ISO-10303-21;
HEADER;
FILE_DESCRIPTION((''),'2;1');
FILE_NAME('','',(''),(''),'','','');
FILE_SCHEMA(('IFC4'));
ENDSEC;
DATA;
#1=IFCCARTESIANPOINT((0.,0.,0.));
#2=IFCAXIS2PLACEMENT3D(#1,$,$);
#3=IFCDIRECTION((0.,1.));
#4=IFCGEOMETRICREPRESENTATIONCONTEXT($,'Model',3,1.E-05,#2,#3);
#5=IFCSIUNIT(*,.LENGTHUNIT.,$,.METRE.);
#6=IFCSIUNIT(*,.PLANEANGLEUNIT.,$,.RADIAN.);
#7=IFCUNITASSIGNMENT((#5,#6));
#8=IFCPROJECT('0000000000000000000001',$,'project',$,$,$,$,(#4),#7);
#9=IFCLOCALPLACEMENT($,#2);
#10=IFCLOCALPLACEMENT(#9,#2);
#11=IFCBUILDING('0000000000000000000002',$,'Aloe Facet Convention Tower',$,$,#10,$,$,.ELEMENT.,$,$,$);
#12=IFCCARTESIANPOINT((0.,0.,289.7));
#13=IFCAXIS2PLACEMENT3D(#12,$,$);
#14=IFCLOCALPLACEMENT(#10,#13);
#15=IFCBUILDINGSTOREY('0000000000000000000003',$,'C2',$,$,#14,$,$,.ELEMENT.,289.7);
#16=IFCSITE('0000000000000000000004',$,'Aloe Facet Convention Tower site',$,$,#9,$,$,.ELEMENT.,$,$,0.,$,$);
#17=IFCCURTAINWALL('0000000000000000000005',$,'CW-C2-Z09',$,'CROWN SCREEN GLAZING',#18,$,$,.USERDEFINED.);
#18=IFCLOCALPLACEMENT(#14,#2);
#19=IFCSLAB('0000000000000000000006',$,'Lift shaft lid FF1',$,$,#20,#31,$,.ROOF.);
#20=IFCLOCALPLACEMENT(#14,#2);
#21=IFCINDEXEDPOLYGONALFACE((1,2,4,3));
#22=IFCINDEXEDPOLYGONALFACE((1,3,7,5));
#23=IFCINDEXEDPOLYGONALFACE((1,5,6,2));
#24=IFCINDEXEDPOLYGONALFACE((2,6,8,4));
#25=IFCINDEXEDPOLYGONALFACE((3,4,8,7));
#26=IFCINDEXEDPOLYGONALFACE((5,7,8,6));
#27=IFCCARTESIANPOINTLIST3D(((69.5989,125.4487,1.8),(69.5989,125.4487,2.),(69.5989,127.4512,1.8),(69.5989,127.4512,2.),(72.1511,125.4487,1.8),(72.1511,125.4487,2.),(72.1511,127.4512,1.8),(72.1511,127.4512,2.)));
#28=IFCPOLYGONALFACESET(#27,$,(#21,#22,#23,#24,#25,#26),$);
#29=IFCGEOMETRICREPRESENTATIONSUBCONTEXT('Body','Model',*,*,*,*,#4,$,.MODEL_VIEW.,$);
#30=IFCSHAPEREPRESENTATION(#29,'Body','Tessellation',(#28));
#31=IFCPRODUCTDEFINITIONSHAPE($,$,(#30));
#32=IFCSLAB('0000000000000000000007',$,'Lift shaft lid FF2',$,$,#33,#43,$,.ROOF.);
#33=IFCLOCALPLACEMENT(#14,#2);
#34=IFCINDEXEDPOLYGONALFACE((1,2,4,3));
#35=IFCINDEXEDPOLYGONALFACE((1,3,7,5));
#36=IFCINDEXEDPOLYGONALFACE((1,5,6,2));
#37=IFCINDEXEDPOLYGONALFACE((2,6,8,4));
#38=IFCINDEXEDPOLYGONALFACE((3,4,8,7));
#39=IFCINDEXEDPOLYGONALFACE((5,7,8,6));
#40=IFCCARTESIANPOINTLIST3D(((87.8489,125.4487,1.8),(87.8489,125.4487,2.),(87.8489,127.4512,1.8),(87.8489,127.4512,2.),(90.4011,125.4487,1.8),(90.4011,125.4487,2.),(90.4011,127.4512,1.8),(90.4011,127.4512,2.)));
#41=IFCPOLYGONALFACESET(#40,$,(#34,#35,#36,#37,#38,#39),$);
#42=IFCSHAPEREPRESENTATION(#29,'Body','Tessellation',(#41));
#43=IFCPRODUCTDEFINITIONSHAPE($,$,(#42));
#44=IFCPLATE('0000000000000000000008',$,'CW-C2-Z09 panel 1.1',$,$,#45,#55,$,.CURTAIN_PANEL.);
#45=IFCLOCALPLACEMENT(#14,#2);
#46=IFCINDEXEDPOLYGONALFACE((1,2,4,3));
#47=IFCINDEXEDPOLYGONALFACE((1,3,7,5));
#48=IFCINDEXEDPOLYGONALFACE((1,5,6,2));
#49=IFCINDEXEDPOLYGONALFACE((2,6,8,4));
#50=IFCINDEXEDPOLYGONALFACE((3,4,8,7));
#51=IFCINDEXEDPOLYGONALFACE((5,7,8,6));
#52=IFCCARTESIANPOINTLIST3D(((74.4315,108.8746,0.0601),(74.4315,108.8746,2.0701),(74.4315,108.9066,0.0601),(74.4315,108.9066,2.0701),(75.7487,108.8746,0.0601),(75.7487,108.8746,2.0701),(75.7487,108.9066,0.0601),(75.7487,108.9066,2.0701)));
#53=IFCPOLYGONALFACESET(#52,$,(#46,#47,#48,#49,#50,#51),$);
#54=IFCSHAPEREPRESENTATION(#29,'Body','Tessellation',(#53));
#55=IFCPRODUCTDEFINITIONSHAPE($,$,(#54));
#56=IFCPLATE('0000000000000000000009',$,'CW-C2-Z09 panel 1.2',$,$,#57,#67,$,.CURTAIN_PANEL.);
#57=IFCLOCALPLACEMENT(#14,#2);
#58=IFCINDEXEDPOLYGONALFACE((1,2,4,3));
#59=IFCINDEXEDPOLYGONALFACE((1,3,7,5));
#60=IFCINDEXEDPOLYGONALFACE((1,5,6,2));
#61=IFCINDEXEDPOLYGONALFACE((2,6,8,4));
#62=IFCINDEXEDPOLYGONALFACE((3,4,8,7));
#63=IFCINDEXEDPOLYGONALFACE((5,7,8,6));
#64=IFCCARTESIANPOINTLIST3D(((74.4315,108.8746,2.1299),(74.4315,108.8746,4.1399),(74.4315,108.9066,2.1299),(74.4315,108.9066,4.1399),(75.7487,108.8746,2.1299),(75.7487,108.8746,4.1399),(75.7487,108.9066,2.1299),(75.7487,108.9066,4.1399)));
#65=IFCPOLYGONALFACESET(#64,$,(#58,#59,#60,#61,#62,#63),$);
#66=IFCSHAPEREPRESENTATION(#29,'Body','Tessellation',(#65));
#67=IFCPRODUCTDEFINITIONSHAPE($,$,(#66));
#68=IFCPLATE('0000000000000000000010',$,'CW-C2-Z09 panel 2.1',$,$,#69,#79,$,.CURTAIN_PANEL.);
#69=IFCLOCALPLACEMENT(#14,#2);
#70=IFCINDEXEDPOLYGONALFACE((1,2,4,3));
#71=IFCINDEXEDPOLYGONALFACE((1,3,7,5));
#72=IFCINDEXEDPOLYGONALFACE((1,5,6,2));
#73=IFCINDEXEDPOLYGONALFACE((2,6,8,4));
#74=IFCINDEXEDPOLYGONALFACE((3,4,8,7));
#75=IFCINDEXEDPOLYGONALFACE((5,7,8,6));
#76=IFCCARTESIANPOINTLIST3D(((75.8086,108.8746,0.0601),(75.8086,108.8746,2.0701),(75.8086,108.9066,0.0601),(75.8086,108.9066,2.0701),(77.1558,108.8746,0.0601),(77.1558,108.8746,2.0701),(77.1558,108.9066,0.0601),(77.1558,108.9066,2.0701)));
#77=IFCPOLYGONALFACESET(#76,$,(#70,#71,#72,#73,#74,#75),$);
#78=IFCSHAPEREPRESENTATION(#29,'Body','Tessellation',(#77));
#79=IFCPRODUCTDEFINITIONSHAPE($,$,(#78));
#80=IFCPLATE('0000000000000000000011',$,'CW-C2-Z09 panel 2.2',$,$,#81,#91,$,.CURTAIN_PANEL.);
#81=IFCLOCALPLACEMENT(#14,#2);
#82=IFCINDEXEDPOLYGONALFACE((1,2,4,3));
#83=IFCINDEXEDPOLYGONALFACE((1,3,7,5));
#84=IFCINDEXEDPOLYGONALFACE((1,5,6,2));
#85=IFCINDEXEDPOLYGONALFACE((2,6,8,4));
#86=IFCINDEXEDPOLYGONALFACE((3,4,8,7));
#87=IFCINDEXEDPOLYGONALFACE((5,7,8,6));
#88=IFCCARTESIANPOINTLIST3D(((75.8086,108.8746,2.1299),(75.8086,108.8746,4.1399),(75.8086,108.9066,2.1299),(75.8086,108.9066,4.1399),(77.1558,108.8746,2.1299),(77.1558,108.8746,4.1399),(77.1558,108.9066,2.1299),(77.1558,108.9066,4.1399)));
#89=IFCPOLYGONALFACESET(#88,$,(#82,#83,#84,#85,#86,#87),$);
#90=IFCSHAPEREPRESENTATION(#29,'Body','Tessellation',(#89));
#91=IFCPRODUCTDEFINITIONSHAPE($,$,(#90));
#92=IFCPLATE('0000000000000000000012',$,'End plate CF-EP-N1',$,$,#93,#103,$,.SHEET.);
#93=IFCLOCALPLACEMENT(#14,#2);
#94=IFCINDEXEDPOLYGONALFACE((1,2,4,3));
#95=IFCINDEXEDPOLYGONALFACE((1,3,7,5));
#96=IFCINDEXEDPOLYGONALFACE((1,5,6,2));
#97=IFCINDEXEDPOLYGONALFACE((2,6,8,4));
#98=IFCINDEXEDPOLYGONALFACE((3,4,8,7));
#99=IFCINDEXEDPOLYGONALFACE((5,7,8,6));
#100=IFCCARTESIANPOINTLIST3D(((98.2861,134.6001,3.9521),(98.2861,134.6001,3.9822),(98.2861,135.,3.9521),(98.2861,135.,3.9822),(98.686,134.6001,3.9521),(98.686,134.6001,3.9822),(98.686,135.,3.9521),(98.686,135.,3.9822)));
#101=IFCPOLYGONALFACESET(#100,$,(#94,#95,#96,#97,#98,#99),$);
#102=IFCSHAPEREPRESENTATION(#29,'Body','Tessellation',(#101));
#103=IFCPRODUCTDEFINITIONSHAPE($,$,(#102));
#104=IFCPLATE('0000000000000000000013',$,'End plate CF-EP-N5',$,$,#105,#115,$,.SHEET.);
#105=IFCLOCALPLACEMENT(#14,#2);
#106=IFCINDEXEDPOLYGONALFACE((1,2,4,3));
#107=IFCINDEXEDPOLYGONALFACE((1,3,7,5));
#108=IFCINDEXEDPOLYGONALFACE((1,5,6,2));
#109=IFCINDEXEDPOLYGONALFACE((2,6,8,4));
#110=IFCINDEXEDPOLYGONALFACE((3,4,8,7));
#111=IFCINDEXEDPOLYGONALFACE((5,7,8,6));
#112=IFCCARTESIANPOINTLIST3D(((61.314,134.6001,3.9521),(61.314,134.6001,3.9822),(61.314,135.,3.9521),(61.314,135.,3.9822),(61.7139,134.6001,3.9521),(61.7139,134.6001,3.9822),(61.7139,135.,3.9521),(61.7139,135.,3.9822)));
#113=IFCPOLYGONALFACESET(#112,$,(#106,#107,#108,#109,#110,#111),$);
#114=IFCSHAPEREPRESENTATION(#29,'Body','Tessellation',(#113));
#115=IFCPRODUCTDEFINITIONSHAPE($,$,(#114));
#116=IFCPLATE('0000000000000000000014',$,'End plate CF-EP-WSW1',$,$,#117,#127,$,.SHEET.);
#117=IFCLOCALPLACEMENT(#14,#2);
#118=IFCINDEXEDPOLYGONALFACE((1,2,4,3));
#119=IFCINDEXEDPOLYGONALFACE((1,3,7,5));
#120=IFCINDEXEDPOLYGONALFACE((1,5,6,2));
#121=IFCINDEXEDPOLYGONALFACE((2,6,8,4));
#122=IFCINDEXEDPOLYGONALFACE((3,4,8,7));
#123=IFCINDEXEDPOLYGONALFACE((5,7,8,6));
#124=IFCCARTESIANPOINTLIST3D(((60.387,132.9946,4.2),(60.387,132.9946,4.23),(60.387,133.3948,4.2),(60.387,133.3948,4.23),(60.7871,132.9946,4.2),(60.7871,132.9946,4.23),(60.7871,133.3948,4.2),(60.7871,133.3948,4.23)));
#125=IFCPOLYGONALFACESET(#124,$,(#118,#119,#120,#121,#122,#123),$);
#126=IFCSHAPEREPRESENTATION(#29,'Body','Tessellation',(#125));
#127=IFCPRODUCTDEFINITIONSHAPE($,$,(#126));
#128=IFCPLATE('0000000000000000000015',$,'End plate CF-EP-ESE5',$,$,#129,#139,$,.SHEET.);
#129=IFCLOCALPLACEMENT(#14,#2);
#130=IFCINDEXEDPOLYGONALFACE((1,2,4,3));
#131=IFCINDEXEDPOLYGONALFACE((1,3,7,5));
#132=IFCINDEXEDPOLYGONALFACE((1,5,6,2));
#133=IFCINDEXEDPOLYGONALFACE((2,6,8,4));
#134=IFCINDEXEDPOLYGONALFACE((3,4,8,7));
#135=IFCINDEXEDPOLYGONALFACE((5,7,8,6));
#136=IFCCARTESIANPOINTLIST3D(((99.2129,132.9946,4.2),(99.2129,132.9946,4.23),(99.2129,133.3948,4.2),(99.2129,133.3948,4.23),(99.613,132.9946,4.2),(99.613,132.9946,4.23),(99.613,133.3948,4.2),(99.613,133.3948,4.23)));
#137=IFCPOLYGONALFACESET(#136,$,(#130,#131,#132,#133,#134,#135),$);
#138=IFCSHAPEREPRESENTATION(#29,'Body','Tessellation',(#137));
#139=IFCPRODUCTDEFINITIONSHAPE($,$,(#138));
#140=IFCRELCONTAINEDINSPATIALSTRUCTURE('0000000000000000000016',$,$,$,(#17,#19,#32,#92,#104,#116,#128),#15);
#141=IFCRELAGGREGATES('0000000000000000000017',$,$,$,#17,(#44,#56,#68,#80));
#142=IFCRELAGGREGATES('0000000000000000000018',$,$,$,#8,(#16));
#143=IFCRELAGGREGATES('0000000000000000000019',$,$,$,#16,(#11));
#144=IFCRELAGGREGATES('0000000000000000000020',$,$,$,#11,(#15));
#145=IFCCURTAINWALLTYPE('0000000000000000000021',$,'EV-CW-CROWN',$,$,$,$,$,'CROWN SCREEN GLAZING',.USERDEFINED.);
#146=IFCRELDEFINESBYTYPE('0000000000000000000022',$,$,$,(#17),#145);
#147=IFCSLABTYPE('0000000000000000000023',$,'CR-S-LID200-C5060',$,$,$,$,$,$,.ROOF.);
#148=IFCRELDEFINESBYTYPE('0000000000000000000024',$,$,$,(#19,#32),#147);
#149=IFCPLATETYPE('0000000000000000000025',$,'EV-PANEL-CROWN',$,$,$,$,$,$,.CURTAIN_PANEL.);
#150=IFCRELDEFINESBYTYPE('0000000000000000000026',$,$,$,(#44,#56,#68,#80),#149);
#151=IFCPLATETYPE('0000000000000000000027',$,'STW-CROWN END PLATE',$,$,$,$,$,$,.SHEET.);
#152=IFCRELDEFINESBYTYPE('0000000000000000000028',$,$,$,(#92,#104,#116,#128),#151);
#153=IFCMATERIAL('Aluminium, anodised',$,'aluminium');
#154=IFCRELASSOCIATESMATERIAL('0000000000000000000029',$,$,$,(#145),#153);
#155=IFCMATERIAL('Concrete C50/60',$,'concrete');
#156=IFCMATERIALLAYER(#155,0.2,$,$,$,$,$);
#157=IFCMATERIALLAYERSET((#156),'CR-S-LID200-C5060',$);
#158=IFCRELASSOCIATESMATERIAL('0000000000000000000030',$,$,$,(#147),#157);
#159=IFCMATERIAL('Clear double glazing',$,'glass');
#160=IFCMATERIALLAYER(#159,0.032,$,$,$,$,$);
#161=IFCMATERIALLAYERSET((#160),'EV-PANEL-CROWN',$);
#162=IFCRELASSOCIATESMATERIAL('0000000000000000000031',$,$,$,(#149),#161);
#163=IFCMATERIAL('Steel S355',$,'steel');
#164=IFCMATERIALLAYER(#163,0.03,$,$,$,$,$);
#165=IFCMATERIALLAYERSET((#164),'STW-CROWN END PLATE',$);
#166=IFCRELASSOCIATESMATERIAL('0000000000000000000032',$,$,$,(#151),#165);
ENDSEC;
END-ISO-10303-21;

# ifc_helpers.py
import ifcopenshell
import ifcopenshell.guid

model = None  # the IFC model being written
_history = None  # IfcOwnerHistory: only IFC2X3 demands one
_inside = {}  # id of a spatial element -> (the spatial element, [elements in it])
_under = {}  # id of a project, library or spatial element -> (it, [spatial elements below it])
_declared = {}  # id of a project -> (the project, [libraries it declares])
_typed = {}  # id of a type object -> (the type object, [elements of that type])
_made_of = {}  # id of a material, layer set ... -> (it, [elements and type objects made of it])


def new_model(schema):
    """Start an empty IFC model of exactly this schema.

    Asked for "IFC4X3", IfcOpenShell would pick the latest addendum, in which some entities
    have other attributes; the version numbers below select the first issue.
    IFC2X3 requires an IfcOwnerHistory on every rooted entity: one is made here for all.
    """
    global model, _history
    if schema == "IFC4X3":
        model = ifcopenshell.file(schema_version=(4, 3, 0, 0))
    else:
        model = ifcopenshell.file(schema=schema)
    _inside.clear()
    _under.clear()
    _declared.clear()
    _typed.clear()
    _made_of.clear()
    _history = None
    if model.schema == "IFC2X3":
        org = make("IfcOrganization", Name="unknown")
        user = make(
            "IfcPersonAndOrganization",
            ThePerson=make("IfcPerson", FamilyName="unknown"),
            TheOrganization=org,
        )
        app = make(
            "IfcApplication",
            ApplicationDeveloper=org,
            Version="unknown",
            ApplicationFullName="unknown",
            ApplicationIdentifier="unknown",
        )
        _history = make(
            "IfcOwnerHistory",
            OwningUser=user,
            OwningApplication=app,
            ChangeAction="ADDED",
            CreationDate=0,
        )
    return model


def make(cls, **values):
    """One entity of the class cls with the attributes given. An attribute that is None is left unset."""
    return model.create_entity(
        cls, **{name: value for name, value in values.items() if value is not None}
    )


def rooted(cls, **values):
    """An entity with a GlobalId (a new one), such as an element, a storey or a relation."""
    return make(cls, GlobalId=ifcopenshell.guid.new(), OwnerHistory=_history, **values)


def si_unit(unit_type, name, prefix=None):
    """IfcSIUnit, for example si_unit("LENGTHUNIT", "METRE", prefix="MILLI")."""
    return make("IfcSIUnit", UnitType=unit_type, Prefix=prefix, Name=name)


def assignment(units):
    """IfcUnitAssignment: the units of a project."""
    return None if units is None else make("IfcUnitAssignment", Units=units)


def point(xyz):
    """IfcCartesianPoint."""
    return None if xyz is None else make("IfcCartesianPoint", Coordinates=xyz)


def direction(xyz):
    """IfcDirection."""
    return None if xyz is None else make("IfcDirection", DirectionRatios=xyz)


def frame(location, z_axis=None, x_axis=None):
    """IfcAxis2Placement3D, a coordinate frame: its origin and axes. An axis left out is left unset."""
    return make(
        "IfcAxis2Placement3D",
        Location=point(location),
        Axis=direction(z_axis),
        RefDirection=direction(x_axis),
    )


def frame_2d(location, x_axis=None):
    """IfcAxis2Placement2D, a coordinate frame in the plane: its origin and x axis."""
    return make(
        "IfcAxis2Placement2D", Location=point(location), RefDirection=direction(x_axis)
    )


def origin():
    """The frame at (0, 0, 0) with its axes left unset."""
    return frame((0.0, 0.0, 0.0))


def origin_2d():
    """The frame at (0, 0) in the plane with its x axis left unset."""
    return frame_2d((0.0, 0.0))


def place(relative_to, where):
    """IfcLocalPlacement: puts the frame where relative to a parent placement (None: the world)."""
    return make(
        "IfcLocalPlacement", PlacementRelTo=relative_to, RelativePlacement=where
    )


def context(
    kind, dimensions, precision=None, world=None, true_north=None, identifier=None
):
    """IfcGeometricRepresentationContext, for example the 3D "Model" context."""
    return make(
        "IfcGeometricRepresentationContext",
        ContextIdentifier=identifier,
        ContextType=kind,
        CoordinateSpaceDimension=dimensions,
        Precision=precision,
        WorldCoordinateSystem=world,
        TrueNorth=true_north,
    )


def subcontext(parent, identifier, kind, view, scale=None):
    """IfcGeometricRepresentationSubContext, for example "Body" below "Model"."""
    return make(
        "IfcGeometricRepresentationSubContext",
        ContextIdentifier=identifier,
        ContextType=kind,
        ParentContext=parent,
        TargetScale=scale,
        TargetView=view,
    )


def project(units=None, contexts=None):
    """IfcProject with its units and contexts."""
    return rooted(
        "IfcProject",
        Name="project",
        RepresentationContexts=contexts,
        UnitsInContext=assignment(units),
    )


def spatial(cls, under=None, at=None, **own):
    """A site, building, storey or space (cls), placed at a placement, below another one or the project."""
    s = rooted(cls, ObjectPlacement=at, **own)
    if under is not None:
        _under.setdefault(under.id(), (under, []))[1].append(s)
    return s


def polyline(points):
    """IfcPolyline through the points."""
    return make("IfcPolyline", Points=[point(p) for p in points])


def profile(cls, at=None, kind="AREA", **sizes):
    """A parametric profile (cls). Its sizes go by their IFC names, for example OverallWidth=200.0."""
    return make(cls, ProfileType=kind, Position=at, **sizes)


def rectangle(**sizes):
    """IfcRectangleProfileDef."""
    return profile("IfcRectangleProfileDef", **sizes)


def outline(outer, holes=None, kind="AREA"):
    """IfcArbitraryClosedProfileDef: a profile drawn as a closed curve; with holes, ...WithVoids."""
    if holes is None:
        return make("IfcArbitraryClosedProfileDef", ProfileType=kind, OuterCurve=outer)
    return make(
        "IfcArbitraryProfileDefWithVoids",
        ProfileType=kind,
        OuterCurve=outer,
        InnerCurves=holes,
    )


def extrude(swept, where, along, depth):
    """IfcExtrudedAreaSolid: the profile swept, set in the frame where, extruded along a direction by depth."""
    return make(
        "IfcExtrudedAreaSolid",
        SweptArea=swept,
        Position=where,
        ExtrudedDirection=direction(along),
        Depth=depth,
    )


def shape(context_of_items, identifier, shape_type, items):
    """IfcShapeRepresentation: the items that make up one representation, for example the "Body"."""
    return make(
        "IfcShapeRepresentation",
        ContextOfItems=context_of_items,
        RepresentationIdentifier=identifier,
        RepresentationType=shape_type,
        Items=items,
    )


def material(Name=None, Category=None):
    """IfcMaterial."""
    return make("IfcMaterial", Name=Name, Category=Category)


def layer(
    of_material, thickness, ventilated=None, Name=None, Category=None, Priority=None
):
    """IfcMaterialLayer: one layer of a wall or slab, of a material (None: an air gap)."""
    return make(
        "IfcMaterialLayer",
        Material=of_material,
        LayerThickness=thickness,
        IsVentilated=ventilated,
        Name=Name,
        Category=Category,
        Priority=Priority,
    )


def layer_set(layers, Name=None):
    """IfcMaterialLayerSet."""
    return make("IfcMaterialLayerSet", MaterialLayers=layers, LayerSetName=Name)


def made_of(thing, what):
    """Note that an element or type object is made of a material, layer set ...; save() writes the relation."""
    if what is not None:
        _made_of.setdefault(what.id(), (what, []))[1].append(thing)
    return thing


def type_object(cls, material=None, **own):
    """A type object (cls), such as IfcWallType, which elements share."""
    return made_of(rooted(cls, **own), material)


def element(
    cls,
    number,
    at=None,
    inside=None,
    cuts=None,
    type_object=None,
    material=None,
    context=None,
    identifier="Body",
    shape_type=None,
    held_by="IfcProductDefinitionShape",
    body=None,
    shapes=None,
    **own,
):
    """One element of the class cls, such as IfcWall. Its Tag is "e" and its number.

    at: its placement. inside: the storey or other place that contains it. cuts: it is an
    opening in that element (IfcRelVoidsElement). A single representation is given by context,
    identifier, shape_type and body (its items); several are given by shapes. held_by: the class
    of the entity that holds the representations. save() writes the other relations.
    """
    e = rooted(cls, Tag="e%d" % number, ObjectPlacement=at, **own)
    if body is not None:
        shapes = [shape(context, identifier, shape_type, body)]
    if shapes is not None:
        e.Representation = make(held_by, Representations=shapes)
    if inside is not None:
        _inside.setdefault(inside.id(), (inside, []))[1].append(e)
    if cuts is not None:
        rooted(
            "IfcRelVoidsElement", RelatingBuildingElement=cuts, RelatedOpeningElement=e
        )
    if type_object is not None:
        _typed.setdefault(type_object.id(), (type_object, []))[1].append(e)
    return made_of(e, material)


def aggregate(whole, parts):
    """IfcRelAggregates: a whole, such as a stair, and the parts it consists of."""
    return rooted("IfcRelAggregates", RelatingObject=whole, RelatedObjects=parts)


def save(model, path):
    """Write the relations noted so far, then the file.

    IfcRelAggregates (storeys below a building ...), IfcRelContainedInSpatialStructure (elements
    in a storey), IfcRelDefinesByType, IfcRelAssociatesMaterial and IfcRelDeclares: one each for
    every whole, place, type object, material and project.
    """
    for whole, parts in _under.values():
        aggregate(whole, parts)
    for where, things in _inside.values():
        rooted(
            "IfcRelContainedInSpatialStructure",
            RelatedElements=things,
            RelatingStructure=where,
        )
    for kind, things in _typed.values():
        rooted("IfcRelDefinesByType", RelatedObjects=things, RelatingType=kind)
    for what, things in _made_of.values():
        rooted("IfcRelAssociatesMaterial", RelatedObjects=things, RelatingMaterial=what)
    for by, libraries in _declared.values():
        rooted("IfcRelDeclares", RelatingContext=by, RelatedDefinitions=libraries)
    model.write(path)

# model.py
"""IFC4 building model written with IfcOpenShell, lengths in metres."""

from ifc_helpers import new_model, si_unit, direction, frame, origin, origin_2d, place, context, subcontext, project, spatial, polyline, rectangle, outline, extrude, material, layer, layer_set, type_object, element, aggregate, save


model = new_model("IFC4")

# Units and contexts
model_context = context("Model", 3, precision=1e-05, world=origin(), true_north=direction((0.0, 1.0)))
body_context = subcontext(model_context, "Body", "Model", "MODEL_VIEW")
ifc_project = project(units=[si_unit("LENGTHUNIT", "METRE"), si_unit("PLANEANGLEUNIT", "RADIAN")], contexts=[model_context])

# Site, building, storey
site_placement = place(None, origin())
site = spatial("IfcSite", under=ifc_project, at=site_placement, Name="Aloe Facet Convention Tower site", CompositionType="ELEMENT", RefElevation=0.0)
building_placement = place(site_placement, origin())
building = spatial("IfcBuilding", under=site, at=building_placement, Name="Aloe Facet Convention Tower", CompositionType="ELEMENT")
storey_placement = place(building_placement, frame((0.0, 0.0, 289.7)))
storey = spatial("IfcBuildingStorey", under=building, at=storey_placement, Name="C2", CompositionType="ELEMENT", Elevation=289.7)

# Curtain wall
ifc_material_1 = material(Name="Aluminium, anodised", Category="aluminium")
curtain_wall_type = type_object("IfcCurtainWallType", Name="EV-CW-CROWN", ElementType="CROWN SCREEN GLAZING", PredefinedType="USERDEFINED", material=ifc_material_1)
curtain_wall_placement = place(storey_placement, origin())
curtain_wall = element("IfcCurtainWall", 1, at=curtain_wall_placement, inside=storey, type_object=curtain_wall_type, Name="CW-C2-Z09", ObjectType="CROWN SCREEN GLAZING", PredefinedType="USERDEFINED")

# Slabs
ifc_material_2 = material(Name="Concrete C50/60", Category="concrete")
ifc_layer_1 = layer(ifc_material_2, 0.2)
ifc_layer_set_1 = layer_set([ifc_layer_1], Name="CR-S-LID200-C5060")
slab_type = type_object("IfcSlabType", Name="CR-S-LID200-C5060", PredefinedType="ROOF", material=ifc_layer_set_1)
slab_1_placement = place(storey_placement, frame((0.0, 0.0, 1.8)))
element("IfcSlab", 2, at=slab_1_placement, inside=storey, type_object=slab_type, Name="Lift shaft lid FF1", PredefinedType="ROOF", context=body_context, shape_type="SweptSolid", body=[
    extrude(outline(polyline([(72.1511, 127.4512), (72.1511, 125.4487), (69.5989, 125.4487), (69.5989, 127.4512), (72.1511, 127.4512)])), origin(), (0.0, 0.0, 1.0), 0.2),
])
slab_2_placement = place(storey_placement, frame((0.0, 0.0, 1.8)))
element("IfcSlab", 3, at=slab_2_placement, inside=storey, type_object=slab_type, Name="Lift shaft lid FF2", PredefinedType="ROOF", context=body_context, shape_type="SweptSolid", body=[
    extrude(outline(polyline([(90.4011, 127.4512), (90.4011, 125.4487), (87.8489, 125.4487), (87.8489, 127.4512), (90.4011, 127.4512)])), origin(), (0.0, 0.0, 1.0), 0.2),
])

# Plates
ifc_material_3 = material(Name="Clear double glazing", Category="glass")
ifc_layer_2 = layer(ifc_material_3, 0.032)
ifc_layer_set_2 = layer_set([ifc_layer_2], Name="EV-PANEL-CROWN")
plate_type_1 = type_object("IfcPlateType", Name="EV-PANEL-CROWN", PredefinedType="CURTAIN_PANEL", material=ifc_layer_set_2)
plate_1_placement = place(storey_placement, frame((75.0901, 108.8906, 0.0601), z_axis=(0.0, 0.0, 1.0), x_axis=(1.0, 0.0, 0.0)))
plate_1 = element("IfcPlate", 4, at=plate_1_placement, type_object=plate_type_1, Name="CW-C2-Z09 panel 1.1", PredefinedType="CURTAIN_PANEL", context=body_context, shape_type="SweptSolid", body=[
    extrude(rectangle(XDim=1.3171, YDim=0.032, at=origin_2d()), origin(), (0.0, 0.0, 1.0), 2.01),
])
plate_2_placement = place(storey_placement, frame((75.0901, 108.8906, 2.1299), z_axis=(0.0, 0.0, 1.0), x_axis=(1.0, 0.0, 0.0)))
plate_2 = element("IfcPlate", 5, at=plate_2_placement, type_object=plate_type_1, Name="CW-C2-Z09 panel 1.2", PredefinedType="CURTAIN_PANEL", context=body_context, shape_type="SweptSolid", body=[
    extrude(rectangle(XDim=1.3171, YDim=0.032, at=origin_2d()), origin(), (0.0, 0.0, 1.0), 2.01),
])
plate_3_placement = place(storey_placement, frame((76.4822, 108.8906, 0.0601), z_axis=(0.0, 0.0, 1.0), x_axis=(1.0, 0.0, 0.0)))
plate_3 = element("IfcPlate", 6, at=plate_3_placement, type_object=plate_type_1, Name="CW-C2-Z09 panel 2.1", PredefinedType="CURTAIN_PANEL", context=body_context, shape_type="SweptSolid", body=[
    extrude(rectangle(XDim=1.3472, YDim=0.032, at=origin_2d()), origin(), (0.0, 0.0, 1.0), 2.01),
])
plate_4_placement = place(storey_placement, frame((76.4822, 108.8906, 2.1299), z_axis=(0.0, 0.0, 1.0), x_axis=(1.0, 0.0, 0.0)))
plate_4 = element("IfcPlate", 7, at=plate_4_placement, type_object=plate_type_1, Name="CW-C2-Z09 panel 2.2", PredefinedType="CURTAIN_PANEL", context=body_context, shape_type="SweptSolid", body=[
    extrude(rectangle(XDim=1.3472, YDim=0.032, at=origin_2d()), origin(), (0.0, 0.0, 1.0), 2.01),
])
aggregate(curtain_wall, [plate_1, plate_2, plate_3, plate_4])

# Plates
ifc_material_4 = material(Name="Steel S355", Category="steel")
ifc_layer_3 = layer(ifc_material_4, 0.03)
ifc_layer_set_3 = layer_set([ifc_layer_3], Name="STW-CROWN END PLATE")
plate_type_2 = type_object("IfcPlateType", Name="STW-CROWN END PLATE", PredefinedType="SHEET", material=ifc_layer_set_3)
plate_5_placement = place(storey_placement, frame((0.0, 0.0, 3.9521)))
element("IfcPlate", 8, at=plate_5_placement, inside=storey, type_object=plate_type_2, Name="End plate CF-EP-N1", PredefinedType="SHEET", context=body_context, shape_type="SweptSolid", body=[
    extrude(outline(polyline([(98.2861, 134.6001), (98.686, 134.6001), (98.686, 135.0), (98.2861, 135.0), (98.2861, 134.6001)])), origin(), (0.0, 0.0, 1.0), 0.03),
])
plate_6_placement = place(storey_placement, frame((0.0, 0.0, 3.9521)))
element("IfcPlate", 9, at=plate_6_placement, inside=storey, type_object=plate_type_2, Name="End plate CF-EP-N5", PredefinedType="SHEET", context=body_context, shape_type="SweptSolid", body=[
    extrude(outline(polyline([(61.314, 134.6001), (61.7139, 134.6001), (61.7139, 135.0), (61.314, 135.0), (61.314, 134.6001)])), origin(), (0.0, 0.0, 1.0), 0.03),
])
plate_7_placement = place(storey_placement, frame((0.0, 0.0, 4.2)))
element("IfcPlate", 10, at=plate_7_placement, inside=storey, type_object=plate_type_2, Name="End plate CF-EP-WSW1", PredefinedType="SHEET", context=body_context, shape_type="SweptSolid", body=[
    extrude(outline(polyline([(60.387, 132.9946), (60.7871, 132.9946), (60.7871, 133.3948), (60.387, 133.3948), (60.387, 132.9946)])), origin(), (0.0, 0.0, 1.0), 0.03),
])
plate_8_placement = place(storey_placement, frame((0.0, 0.0, 4.2)))
element("IfcPlate", 11, at=plate_8_placement, inside=storey, type_object=plate_type_2, Name="End plate CF-EP-ESE5", PredefinedType="SHEET", context=body_context, shape_type="SweptSolid", body=[
    extrude(outline(polyline([(99.2129, 132.9946), (99.613, 132.9946), (99.613, 133.3948), (99.2129, 133.3948), (99.2129, 132.9946)])), origin(), (0.0, 0.0, 1.0), 0.03),
])

save(model, "model.ifc")
